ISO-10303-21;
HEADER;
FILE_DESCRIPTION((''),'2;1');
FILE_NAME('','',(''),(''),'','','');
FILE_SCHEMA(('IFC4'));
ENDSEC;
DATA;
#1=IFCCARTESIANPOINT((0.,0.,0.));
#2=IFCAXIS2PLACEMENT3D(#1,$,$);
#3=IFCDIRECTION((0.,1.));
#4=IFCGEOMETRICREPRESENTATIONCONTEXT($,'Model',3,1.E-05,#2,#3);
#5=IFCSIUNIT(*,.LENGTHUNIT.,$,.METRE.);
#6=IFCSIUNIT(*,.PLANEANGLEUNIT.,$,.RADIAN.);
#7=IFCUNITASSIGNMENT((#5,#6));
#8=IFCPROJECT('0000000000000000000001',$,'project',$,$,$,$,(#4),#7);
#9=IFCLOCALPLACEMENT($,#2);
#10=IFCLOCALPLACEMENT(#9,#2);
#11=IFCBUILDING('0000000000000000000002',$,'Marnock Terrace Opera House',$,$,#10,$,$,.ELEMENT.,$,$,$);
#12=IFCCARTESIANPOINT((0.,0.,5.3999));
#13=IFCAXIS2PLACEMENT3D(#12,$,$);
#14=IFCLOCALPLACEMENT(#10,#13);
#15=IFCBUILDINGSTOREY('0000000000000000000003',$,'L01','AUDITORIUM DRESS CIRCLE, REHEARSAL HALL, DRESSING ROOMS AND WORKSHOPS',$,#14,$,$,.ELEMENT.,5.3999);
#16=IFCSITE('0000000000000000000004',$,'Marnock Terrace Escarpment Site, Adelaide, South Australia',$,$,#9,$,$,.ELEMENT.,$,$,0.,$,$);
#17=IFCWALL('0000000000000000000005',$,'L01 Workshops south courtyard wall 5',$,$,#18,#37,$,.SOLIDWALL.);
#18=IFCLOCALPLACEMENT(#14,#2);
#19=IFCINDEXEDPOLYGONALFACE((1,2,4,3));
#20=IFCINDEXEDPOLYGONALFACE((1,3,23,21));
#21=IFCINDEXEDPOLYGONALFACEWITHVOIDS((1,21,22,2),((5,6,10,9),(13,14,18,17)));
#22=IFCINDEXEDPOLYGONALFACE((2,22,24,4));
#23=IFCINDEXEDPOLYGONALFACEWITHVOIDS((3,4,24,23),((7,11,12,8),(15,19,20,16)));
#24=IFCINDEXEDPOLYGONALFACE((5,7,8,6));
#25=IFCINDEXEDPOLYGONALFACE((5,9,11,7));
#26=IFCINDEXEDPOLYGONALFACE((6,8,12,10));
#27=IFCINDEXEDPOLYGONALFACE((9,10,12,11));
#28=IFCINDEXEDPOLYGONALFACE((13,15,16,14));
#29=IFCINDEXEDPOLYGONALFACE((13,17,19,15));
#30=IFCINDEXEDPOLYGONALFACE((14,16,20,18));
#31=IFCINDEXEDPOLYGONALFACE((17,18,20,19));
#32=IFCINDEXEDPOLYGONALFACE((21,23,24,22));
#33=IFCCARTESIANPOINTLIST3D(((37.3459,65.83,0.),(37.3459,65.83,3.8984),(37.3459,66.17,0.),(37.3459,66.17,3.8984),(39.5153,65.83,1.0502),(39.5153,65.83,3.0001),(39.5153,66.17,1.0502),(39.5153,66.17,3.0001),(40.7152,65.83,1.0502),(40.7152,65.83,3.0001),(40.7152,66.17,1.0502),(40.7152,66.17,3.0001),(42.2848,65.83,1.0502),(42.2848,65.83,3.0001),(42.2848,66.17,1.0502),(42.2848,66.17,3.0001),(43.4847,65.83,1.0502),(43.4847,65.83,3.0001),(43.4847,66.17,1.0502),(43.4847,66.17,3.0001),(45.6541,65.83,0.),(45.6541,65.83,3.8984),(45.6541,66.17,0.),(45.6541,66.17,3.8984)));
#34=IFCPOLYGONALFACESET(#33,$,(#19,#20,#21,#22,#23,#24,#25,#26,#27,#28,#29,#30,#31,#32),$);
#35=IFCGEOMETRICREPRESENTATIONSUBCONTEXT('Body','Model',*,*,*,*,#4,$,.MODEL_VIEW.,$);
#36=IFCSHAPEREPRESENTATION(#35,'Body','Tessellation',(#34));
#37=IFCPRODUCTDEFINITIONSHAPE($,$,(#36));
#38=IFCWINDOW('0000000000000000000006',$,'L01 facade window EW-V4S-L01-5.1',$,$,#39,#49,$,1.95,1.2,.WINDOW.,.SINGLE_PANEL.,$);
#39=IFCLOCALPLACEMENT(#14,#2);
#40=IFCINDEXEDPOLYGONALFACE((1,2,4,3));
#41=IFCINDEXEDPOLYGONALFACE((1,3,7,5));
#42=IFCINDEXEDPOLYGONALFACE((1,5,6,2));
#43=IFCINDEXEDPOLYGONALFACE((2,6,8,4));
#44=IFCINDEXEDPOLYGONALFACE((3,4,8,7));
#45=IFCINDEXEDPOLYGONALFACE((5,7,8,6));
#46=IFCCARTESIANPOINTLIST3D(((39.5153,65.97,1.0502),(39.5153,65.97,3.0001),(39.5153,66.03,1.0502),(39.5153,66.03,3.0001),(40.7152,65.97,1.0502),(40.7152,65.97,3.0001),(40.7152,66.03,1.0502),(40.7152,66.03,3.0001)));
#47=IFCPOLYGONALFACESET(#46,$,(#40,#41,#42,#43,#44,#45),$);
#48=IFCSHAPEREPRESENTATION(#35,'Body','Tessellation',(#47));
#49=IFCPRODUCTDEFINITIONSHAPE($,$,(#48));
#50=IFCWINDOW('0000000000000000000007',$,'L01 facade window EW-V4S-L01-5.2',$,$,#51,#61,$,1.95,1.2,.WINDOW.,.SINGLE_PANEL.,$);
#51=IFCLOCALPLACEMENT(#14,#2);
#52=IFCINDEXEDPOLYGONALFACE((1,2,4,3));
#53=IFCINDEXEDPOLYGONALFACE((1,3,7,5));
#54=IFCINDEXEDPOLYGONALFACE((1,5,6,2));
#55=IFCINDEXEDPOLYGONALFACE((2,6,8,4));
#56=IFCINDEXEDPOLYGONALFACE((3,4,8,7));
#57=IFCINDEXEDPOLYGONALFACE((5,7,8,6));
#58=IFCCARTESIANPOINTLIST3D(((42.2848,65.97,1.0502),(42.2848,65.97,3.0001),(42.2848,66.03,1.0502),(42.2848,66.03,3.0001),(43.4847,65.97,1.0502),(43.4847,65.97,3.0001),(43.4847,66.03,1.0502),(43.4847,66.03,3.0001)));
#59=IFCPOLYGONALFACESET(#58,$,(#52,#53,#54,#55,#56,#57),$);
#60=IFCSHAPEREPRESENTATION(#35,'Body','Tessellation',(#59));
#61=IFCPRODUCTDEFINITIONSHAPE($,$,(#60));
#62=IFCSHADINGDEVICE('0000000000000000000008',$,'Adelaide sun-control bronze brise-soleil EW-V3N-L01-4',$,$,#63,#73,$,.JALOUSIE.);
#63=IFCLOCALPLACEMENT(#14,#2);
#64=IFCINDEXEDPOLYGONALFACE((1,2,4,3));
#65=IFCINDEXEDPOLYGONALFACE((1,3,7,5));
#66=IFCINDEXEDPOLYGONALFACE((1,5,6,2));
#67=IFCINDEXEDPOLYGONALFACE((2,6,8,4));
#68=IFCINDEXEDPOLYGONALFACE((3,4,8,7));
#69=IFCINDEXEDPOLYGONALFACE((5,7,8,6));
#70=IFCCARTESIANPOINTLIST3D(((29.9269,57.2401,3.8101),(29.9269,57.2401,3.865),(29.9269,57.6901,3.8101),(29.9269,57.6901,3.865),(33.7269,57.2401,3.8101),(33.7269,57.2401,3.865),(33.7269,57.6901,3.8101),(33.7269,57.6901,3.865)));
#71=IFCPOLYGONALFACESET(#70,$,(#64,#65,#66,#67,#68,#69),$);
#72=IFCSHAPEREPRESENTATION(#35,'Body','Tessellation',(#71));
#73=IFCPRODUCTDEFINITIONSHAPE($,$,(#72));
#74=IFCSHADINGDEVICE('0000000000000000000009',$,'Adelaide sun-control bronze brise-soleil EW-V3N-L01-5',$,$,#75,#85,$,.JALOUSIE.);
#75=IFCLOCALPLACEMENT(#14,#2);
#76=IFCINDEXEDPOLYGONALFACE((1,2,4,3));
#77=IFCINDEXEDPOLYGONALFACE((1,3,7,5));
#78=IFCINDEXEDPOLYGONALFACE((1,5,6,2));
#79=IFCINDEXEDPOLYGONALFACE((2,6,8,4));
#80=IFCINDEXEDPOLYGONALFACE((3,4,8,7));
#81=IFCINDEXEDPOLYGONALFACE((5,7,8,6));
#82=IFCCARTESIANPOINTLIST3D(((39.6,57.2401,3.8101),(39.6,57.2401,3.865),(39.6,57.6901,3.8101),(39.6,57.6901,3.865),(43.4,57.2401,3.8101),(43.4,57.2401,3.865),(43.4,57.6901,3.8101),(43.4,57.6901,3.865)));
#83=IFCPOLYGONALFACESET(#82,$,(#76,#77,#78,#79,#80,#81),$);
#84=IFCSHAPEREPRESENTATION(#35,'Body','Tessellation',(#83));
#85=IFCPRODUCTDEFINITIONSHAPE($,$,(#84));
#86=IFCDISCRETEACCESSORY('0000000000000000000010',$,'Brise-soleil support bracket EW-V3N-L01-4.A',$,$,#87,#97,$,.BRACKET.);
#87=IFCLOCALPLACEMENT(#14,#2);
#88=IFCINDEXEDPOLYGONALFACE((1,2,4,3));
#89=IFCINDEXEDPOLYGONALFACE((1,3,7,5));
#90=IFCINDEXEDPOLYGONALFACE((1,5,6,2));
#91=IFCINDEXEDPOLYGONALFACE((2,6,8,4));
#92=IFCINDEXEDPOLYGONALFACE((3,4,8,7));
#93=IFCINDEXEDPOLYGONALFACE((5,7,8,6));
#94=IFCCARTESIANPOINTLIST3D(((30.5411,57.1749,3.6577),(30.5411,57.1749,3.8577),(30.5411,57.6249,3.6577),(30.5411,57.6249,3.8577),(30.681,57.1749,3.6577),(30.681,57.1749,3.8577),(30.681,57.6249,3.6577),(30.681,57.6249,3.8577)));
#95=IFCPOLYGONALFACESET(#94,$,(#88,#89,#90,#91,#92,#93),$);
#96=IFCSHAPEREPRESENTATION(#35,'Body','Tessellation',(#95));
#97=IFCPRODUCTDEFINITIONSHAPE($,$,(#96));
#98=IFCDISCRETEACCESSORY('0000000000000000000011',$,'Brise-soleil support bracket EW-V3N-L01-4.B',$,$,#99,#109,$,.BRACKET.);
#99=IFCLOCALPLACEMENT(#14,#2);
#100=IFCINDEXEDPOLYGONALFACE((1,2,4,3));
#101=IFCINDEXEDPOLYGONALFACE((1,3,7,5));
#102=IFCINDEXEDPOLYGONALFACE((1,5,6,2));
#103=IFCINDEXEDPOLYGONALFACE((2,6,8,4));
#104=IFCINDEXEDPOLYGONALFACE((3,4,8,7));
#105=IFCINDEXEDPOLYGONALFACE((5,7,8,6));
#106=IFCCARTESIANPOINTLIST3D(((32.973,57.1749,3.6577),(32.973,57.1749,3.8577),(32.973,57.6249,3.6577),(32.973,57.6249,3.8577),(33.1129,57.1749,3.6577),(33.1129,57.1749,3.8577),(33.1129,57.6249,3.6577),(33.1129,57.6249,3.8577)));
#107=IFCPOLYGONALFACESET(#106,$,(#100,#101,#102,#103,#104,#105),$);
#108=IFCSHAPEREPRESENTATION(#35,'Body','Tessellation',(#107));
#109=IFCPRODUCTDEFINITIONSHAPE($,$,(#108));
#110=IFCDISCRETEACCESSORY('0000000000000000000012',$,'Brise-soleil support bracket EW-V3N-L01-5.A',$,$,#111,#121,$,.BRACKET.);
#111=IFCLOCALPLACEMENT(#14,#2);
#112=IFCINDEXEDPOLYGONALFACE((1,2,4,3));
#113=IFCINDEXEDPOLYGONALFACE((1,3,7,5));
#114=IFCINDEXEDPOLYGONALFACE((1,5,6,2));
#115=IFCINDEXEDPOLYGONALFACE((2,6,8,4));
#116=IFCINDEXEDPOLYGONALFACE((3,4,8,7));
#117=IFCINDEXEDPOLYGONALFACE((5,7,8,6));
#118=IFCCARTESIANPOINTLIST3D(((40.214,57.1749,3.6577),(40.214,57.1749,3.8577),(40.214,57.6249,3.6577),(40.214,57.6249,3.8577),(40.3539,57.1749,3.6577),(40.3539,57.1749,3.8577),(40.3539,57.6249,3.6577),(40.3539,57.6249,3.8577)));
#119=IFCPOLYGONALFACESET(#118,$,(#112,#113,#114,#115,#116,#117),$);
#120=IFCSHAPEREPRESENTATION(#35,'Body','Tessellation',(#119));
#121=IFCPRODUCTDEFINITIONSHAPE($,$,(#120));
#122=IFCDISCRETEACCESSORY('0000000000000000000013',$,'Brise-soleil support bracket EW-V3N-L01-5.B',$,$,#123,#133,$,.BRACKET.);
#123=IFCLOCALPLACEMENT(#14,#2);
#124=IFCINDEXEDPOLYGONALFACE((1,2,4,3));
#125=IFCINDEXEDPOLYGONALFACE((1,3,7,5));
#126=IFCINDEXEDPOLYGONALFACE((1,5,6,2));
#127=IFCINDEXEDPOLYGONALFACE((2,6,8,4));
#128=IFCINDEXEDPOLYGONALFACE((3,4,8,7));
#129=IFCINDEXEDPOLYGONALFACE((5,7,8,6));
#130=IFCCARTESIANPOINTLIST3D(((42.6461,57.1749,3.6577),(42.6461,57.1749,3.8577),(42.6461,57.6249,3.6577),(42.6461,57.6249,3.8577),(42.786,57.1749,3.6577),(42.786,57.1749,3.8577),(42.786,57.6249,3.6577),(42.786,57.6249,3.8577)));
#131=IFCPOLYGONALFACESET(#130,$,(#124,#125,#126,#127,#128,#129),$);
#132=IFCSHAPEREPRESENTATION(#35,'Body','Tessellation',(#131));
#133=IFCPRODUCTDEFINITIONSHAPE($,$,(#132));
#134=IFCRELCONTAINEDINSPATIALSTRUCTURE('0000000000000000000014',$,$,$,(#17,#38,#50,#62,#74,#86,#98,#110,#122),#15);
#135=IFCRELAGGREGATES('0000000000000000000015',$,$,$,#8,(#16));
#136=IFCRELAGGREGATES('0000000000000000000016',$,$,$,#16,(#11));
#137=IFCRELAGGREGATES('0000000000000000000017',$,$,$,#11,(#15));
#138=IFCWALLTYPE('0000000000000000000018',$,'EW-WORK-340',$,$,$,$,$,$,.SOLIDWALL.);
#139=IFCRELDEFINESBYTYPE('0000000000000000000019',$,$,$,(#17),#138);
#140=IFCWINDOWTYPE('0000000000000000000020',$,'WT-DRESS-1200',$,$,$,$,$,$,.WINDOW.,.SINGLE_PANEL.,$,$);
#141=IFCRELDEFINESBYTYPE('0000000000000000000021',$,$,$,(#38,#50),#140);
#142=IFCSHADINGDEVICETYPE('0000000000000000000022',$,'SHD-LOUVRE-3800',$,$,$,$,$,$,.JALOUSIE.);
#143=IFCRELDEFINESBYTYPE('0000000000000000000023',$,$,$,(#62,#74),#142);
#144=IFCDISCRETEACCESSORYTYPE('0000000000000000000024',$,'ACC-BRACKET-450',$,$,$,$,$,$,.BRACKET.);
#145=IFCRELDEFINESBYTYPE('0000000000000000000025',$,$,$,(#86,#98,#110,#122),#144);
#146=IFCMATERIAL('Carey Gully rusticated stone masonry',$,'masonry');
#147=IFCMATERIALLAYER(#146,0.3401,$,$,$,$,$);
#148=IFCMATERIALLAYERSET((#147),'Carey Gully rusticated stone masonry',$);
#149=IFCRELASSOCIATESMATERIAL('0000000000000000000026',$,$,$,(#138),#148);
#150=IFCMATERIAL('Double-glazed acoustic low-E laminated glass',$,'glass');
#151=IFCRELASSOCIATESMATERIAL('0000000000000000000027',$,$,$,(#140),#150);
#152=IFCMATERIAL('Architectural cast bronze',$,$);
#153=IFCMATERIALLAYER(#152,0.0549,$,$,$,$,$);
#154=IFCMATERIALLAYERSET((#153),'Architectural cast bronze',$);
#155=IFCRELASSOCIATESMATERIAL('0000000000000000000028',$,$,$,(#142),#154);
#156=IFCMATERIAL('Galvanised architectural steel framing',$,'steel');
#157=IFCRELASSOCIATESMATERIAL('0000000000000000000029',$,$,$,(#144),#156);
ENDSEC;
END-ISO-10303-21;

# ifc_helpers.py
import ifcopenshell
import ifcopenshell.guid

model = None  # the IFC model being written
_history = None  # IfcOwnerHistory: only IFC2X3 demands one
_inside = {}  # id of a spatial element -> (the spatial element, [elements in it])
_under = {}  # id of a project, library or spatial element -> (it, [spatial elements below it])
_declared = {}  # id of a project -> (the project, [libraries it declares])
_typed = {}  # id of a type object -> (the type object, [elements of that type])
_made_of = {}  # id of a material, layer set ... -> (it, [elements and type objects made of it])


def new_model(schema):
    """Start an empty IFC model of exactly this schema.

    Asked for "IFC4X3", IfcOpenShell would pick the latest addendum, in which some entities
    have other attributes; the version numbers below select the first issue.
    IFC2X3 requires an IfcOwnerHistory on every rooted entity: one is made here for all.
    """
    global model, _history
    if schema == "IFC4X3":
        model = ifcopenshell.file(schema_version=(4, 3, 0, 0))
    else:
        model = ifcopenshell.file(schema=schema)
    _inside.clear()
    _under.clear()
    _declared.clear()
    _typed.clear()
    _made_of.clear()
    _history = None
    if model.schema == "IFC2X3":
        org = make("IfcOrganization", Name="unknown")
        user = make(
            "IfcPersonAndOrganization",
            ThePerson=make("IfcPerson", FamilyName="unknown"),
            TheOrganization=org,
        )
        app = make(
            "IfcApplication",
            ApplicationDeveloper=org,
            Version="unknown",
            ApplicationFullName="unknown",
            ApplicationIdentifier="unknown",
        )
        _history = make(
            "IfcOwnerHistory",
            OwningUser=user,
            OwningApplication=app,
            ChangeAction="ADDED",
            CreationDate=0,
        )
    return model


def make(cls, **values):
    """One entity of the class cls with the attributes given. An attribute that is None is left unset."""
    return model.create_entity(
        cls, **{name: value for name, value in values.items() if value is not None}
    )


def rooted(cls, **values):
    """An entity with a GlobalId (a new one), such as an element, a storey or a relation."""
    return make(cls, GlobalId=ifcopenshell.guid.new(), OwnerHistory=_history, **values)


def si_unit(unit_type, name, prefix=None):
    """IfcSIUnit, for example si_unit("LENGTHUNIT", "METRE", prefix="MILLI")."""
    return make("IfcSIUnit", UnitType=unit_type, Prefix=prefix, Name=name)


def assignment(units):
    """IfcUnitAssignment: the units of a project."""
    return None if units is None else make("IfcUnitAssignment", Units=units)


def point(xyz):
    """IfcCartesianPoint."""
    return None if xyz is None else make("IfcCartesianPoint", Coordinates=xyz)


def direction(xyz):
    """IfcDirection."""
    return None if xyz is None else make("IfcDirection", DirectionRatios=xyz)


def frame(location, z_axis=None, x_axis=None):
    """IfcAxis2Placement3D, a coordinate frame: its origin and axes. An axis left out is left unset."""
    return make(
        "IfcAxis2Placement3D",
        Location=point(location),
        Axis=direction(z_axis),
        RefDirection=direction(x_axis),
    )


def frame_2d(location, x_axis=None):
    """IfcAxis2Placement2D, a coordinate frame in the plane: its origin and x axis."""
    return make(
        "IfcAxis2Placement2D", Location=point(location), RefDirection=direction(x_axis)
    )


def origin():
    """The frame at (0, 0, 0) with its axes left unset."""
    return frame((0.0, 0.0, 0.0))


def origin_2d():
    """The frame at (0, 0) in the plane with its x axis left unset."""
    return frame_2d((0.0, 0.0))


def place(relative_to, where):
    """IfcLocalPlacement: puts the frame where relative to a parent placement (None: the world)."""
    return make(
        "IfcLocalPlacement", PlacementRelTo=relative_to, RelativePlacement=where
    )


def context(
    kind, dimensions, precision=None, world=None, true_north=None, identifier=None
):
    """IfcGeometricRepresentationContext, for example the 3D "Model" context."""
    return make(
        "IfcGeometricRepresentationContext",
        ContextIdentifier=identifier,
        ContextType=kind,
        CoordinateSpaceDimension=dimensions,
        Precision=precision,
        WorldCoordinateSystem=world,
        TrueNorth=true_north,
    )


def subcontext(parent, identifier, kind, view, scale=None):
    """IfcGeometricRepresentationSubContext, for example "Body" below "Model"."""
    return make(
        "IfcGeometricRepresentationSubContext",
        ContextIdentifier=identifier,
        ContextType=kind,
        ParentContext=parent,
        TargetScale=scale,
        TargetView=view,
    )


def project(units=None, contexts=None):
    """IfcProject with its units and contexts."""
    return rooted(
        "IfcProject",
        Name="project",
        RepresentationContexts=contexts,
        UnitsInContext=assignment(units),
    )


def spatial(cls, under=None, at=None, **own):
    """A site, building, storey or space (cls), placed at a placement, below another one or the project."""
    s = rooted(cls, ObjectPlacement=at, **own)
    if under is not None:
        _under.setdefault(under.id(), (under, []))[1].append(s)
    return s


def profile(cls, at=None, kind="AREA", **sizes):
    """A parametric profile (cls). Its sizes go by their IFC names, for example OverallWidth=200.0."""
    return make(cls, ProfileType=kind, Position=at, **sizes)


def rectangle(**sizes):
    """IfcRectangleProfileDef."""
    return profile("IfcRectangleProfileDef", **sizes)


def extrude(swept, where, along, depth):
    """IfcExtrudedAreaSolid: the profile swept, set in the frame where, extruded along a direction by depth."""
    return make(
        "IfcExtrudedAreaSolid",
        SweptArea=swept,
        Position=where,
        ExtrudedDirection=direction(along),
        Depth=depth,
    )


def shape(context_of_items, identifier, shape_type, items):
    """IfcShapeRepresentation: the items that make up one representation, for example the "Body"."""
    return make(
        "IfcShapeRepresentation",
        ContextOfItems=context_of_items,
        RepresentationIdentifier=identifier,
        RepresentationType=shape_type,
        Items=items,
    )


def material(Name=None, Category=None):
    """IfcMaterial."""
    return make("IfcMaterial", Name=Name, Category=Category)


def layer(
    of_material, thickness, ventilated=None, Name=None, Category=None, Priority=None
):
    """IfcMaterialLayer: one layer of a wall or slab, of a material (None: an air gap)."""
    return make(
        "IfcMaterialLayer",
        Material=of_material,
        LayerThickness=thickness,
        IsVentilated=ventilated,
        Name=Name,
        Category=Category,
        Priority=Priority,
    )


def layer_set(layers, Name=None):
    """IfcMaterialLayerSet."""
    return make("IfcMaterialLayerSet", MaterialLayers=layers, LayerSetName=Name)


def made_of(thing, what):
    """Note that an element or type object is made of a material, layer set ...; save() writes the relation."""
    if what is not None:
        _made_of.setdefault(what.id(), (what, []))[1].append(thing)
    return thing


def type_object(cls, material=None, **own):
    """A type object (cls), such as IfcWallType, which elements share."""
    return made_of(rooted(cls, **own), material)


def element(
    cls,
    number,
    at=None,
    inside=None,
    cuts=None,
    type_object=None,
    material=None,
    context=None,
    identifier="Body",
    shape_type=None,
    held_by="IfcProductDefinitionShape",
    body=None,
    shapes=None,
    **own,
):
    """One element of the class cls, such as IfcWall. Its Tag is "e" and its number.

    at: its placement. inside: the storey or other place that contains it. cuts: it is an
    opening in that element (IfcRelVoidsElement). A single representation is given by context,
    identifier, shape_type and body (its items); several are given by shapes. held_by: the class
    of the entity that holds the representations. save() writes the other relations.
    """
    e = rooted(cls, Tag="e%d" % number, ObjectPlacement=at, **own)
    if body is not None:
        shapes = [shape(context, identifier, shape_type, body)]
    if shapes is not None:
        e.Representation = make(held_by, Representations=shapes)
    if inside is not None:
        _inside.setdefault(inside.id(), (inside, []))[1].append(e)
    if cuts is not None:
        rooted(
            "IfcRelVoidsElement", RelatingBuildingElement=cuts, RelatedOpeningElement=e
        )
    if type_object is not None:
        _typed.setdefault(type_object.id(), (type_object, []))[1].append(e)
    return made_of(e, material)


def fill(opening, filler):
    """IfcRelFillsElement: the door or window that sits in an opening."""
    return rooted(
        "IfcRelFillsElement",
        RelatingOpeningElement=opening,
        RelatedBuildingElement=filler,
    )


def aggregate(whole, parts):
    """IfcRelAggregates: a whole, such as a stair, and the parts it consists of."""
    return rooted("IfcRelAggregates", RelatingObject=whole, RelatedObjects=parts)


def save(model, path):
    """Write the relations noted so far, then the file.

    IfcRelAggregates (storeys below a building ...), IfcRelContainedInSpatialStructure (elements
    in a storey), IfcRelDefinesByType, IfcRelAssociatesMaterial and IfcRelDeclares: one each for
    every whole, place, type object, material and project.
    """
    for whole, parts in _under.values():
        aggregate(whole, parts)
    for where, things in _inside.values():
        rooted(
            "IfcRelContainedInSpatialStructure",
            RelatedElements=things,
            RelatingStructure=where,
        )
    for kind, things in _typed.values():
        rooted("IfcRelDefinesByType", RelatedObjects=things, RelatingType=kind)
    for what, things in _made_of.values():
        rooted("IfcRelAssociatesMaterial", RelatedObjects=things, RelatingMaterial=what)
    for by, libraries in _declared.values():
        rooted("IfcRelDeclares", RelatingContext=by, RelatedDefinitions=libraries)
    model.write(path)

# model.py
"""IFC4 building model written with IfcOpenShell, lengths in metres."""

from ifc_helpers import new_model, si_unit, direction, frame, frame_2d, origin, origin_2d, place, context, subcontext, project, spatial, rectangle, extrude, material, layer, layer_set, type_object, element, fill, save


model = new_model("IFC4")

# Units and contexts
model_context = context("Model", 3, precision=1e-05, world=origin(), true_north=direction((0.0, 1.0)))
body_context = subcontext(model_context, "Body", "Model", "MODEL_VIEW")
ifc_project = project(units=[si_unit("LENGTHUNIT", "METRE"), si_unit("PLANEANGLEUNIT", "RADIAN")], contexts=[model_context])

# Site, building, storey
site_placement = place(None, origin())
site = spatial("IfcSite", under=ifc_project, at=site_placement, Name="Marnock Terrace Escarpment Site, Adelaide, South Australia", CompositionType="ELEMENT", RefElevation=0.0)
building_placement = place(site_placement, origin())
building = spatial("IfcBuilding", under=site, at=building_placement, Name="Marnock Terrace Opera House", CompositionType="ELEMENT")
storey_placement = place(building_placement, frame((0.0, 0.0, 5.3999)))
storey = spatial("IfcBuildingStorey", under=building, at=storey_placement, Name="L01", Description="AUDITORIUM DRESS CIRCLE, REHEARSAL HALL, DRESSING ROOMS AND WORKSHOPS", CompositionType="ELEMENT", Elevation=5.3999)

# Wall, openings, windows
ifc_material_1 = material(Name="Carey Gully rusticated stone masonry", Category="masonry")
ifc_layer_1 = layer(ifc_material_1, 0.3401)
ifc_layer_set_1 = layer_set([ifc_layer_1], Name="Carey Gully rusticated stone masonry")
wall_type = type_object("IfcWallType", Name="EW-WORK-340", PredefinedType="SOLIDWALL", material=ifc_layer_set_1)
ifc_material_2 = material(Name="Double-glazed acoustic low-E laminated glass", Category="glass")
window_type = type_object("IfcWindowType", Name="WT-DRESS-1200", PartitioningType="SINGLE_PANEL", PredefinedType="WINDOW", material=ifc_material_2)
wall_1_placement = place(storey_placement, frame((37.3459, 66.0, 0.0), z_axis=(0.0, 0.0, 1.0), x_axis=(1.0, 0.0, 0.0)))
wall_1 = element("IfcWall", 1, at=wall_1_placement, inside=storey, type_object=wall_type, Name="L01 Workshops south courtyard wall 5", PredefinedType="SOLIDWALL", context=body_context, shape_type="SweptSolid", body=[
    extrude(rectangle(XDim=8.3081, YDim=0.3401, at=frame_2d((4.1541, 0.0))), origin(), (0.0, 0.0, 1.0), 3.8984),
])
opening_1_placement = place(wall_1_placement, frame((2.1692, 0.0, 1.05)))
opening_1 = element("IfcOpeningElement", 2, at=opening_1_placement, cuts=wall_1, PredefinedType="OPENING", context=body_context, shape_type="SweptSolid", body=[
    extrude(rectangle(XDim=1.2, YDim=1.95, at=frame_2d((0.6001, 0.9751))), frame((0.0, 0.1799, 0.0), z_axis=(0.0, -1.0, 0.0), x_axis=(1.0, 0.0, 0.0)), (0.0, 0.0, 1.0), 0.3601),
])
opening_2_placement = place(wall_1_placement, frame((4.9387, 0.0, 1.05)))
opening_2 = element("IfcOpeningElement", 3, at=opening_2_placement, cuts=wall_1, PredefinedType="OPENING", context=body_context, shape_type="SweptSolid", body=[
    extrude(rectangle(XDim=1.2, YDim=1.95, at=frame_2d((0.6001, 0.9751))), frame((0.0, 0.1799, 0.0), z_axis=(0.0, -1.0, 0.0), x_axis=(1.0, 0.0, 0.0)), (0.0, 0.0, 1.0), 0.3601),
])
window_1_placement = place(opening_1_placement, origin())
window_1 = element("IfcWindow", 4, at=window_1_placement, inside=storey, type_object=window_type, Name="L01 facade window EW-V4S-L01-5.1", OverallHeight=1.95, OverallWidth=1.2, PartitioningType="SINGLE_PANEL", PredefinedType="WINDOW", context=body_context, shape_type="SweptSolid", body=[
    extrude(rectangle(XDim=1.2, YDim=1.95, at=frame_2d((0.6001, 0.9751))), frame((0.0, 0.03, 0.0), z_axis=(0.0, -1.0, 0.0), x_axis=(1.0, 0.0, 0.0)), (0.0, 0.0, 1.0), 0.0601),
])
fill(opening_1, window_1)
window_2_placement = place(opening_2_placement, origin())
window_2 = element("IfcWindow", 5, at=window_2_placement, inside=storey, type_object=window_type, Name="L01 facade window EW-V4S-L01-5.2", OverallHeight=1.95, OverallWidth=1.2, PartitioningType="SINGLE_PANEL", PredefinedType="WINDOW", context=body_context, shape_type="SweptSolid", body=[
    extrude(rectangle(XDim=1.2, YDim=1.95, at=frame_2d((0.6001, 0.9751))), frame((0.0, 0.03, 0.0), z_axis=(0.0, -1.0, 0.0), x_axis=(1.0, 0.0, 0.0)), (0.0, 0.0, 1.0), 0.0601),
])
fill(opening_2, window_2)

# Shading devices
ifc_material_3 = material(Name="Architectural cast bronze")
ifc_layer_2 = layer(ifc_material_3, 0.0549)
ifc_layer_set_2 = layer_set([ifc_layer_2], Name="Architectural cast bronze")
shading_device_type = type_object("IfcShadingDeviceType", Name="SHD-LOUVRE-3800", PredefinedType="JALOUSIE", material=ifc_layer_set_2)
for number, where, z_axis, x_axis, name in (
    (6, (31.8269, 57.4651, 3.8101), (0.0, 0.0, 1.0), (1.0, 0.0, 0.0), "Adelaide sun-control bronze brise-soleil EW-V3N-L01-4"),
    (7, (41.5, 57.4651, 3.8101), (0.0, 0.0, 1.0), (1.0, 0.0, 0.0), "Adelaide sun-control bronze brise-soleil EW-V3N-L01-5"),
):
    element("IfcShadingDevice", number, at=place(storey_placement, frame(where, z_axis=z_axis, x_axis=x_axis)), inside=storey, type_object=shading_device_type, Name=name, PredefinedType="JALOUSIE", context=body_context, shape_type="SweptSolid", body=[
        extrude(rectangle(XDim=3.8, YDim=0.45, at=origin_2d()), origin(), (0.0, 0.0, 1.0), 0.0549),
    ])

# Discrete accessories
ifc_material_4 = material(Name="Galvanised architectural steel framing", Category="steel")
discrete_accessory_type = type_object("IfcDiscreteAccessoryType", Name="ACC-BRACKET-450", PredefinedType="BRACKET", material=ifc_material_4)
for number, where, z_axis, x_axis, name in (
    (8, (30.6111, 57.3999, 3.6577), (0.0, 0.0, 1.0), (1.0, 0.0, 0.0), "Brise-soleil support bracket EW-V3N-L01-4.A"),
    (9, (33.043, 57.3999, 3.6577), (0.0, 0.0, 1.0), (1.0, 0.0, 0.0), "Brise-soleil support bracket EW-V3N-L01-4.B"),
    (10, (40.2839, 57.3999, 3.6577), (0.0, 0.0, 1.0), (1.0, 0.0, 0.0), "Brise-soleil support bracket EW-V3N-L01-5.A"),
    (11, (42.7161, 57.3999, 3.6577), (0.0, 0.0, 1.0), (1.0, 0.0, 0.0), "Brise-soleil support bracket EW-V3N-L01-5.B"),
):
    element("IfcDiscreteAccessory", number, at=place(storey_placement, frame(where, z_axis=z_axis, x_axis=x_axis)), inside=storey, type_object=discrete_accessory_type, Name=name, PredefinedType="BRACKET", context=body_context, shape_type="SweptSolid", body=[
        extrude(rectangle(XDim=0.1399, YDim=0.45, at=origin_2d()), origin(), (0.0, 0.0, 1.0), 0.2),
    ])

save(model, "model.ifc")
